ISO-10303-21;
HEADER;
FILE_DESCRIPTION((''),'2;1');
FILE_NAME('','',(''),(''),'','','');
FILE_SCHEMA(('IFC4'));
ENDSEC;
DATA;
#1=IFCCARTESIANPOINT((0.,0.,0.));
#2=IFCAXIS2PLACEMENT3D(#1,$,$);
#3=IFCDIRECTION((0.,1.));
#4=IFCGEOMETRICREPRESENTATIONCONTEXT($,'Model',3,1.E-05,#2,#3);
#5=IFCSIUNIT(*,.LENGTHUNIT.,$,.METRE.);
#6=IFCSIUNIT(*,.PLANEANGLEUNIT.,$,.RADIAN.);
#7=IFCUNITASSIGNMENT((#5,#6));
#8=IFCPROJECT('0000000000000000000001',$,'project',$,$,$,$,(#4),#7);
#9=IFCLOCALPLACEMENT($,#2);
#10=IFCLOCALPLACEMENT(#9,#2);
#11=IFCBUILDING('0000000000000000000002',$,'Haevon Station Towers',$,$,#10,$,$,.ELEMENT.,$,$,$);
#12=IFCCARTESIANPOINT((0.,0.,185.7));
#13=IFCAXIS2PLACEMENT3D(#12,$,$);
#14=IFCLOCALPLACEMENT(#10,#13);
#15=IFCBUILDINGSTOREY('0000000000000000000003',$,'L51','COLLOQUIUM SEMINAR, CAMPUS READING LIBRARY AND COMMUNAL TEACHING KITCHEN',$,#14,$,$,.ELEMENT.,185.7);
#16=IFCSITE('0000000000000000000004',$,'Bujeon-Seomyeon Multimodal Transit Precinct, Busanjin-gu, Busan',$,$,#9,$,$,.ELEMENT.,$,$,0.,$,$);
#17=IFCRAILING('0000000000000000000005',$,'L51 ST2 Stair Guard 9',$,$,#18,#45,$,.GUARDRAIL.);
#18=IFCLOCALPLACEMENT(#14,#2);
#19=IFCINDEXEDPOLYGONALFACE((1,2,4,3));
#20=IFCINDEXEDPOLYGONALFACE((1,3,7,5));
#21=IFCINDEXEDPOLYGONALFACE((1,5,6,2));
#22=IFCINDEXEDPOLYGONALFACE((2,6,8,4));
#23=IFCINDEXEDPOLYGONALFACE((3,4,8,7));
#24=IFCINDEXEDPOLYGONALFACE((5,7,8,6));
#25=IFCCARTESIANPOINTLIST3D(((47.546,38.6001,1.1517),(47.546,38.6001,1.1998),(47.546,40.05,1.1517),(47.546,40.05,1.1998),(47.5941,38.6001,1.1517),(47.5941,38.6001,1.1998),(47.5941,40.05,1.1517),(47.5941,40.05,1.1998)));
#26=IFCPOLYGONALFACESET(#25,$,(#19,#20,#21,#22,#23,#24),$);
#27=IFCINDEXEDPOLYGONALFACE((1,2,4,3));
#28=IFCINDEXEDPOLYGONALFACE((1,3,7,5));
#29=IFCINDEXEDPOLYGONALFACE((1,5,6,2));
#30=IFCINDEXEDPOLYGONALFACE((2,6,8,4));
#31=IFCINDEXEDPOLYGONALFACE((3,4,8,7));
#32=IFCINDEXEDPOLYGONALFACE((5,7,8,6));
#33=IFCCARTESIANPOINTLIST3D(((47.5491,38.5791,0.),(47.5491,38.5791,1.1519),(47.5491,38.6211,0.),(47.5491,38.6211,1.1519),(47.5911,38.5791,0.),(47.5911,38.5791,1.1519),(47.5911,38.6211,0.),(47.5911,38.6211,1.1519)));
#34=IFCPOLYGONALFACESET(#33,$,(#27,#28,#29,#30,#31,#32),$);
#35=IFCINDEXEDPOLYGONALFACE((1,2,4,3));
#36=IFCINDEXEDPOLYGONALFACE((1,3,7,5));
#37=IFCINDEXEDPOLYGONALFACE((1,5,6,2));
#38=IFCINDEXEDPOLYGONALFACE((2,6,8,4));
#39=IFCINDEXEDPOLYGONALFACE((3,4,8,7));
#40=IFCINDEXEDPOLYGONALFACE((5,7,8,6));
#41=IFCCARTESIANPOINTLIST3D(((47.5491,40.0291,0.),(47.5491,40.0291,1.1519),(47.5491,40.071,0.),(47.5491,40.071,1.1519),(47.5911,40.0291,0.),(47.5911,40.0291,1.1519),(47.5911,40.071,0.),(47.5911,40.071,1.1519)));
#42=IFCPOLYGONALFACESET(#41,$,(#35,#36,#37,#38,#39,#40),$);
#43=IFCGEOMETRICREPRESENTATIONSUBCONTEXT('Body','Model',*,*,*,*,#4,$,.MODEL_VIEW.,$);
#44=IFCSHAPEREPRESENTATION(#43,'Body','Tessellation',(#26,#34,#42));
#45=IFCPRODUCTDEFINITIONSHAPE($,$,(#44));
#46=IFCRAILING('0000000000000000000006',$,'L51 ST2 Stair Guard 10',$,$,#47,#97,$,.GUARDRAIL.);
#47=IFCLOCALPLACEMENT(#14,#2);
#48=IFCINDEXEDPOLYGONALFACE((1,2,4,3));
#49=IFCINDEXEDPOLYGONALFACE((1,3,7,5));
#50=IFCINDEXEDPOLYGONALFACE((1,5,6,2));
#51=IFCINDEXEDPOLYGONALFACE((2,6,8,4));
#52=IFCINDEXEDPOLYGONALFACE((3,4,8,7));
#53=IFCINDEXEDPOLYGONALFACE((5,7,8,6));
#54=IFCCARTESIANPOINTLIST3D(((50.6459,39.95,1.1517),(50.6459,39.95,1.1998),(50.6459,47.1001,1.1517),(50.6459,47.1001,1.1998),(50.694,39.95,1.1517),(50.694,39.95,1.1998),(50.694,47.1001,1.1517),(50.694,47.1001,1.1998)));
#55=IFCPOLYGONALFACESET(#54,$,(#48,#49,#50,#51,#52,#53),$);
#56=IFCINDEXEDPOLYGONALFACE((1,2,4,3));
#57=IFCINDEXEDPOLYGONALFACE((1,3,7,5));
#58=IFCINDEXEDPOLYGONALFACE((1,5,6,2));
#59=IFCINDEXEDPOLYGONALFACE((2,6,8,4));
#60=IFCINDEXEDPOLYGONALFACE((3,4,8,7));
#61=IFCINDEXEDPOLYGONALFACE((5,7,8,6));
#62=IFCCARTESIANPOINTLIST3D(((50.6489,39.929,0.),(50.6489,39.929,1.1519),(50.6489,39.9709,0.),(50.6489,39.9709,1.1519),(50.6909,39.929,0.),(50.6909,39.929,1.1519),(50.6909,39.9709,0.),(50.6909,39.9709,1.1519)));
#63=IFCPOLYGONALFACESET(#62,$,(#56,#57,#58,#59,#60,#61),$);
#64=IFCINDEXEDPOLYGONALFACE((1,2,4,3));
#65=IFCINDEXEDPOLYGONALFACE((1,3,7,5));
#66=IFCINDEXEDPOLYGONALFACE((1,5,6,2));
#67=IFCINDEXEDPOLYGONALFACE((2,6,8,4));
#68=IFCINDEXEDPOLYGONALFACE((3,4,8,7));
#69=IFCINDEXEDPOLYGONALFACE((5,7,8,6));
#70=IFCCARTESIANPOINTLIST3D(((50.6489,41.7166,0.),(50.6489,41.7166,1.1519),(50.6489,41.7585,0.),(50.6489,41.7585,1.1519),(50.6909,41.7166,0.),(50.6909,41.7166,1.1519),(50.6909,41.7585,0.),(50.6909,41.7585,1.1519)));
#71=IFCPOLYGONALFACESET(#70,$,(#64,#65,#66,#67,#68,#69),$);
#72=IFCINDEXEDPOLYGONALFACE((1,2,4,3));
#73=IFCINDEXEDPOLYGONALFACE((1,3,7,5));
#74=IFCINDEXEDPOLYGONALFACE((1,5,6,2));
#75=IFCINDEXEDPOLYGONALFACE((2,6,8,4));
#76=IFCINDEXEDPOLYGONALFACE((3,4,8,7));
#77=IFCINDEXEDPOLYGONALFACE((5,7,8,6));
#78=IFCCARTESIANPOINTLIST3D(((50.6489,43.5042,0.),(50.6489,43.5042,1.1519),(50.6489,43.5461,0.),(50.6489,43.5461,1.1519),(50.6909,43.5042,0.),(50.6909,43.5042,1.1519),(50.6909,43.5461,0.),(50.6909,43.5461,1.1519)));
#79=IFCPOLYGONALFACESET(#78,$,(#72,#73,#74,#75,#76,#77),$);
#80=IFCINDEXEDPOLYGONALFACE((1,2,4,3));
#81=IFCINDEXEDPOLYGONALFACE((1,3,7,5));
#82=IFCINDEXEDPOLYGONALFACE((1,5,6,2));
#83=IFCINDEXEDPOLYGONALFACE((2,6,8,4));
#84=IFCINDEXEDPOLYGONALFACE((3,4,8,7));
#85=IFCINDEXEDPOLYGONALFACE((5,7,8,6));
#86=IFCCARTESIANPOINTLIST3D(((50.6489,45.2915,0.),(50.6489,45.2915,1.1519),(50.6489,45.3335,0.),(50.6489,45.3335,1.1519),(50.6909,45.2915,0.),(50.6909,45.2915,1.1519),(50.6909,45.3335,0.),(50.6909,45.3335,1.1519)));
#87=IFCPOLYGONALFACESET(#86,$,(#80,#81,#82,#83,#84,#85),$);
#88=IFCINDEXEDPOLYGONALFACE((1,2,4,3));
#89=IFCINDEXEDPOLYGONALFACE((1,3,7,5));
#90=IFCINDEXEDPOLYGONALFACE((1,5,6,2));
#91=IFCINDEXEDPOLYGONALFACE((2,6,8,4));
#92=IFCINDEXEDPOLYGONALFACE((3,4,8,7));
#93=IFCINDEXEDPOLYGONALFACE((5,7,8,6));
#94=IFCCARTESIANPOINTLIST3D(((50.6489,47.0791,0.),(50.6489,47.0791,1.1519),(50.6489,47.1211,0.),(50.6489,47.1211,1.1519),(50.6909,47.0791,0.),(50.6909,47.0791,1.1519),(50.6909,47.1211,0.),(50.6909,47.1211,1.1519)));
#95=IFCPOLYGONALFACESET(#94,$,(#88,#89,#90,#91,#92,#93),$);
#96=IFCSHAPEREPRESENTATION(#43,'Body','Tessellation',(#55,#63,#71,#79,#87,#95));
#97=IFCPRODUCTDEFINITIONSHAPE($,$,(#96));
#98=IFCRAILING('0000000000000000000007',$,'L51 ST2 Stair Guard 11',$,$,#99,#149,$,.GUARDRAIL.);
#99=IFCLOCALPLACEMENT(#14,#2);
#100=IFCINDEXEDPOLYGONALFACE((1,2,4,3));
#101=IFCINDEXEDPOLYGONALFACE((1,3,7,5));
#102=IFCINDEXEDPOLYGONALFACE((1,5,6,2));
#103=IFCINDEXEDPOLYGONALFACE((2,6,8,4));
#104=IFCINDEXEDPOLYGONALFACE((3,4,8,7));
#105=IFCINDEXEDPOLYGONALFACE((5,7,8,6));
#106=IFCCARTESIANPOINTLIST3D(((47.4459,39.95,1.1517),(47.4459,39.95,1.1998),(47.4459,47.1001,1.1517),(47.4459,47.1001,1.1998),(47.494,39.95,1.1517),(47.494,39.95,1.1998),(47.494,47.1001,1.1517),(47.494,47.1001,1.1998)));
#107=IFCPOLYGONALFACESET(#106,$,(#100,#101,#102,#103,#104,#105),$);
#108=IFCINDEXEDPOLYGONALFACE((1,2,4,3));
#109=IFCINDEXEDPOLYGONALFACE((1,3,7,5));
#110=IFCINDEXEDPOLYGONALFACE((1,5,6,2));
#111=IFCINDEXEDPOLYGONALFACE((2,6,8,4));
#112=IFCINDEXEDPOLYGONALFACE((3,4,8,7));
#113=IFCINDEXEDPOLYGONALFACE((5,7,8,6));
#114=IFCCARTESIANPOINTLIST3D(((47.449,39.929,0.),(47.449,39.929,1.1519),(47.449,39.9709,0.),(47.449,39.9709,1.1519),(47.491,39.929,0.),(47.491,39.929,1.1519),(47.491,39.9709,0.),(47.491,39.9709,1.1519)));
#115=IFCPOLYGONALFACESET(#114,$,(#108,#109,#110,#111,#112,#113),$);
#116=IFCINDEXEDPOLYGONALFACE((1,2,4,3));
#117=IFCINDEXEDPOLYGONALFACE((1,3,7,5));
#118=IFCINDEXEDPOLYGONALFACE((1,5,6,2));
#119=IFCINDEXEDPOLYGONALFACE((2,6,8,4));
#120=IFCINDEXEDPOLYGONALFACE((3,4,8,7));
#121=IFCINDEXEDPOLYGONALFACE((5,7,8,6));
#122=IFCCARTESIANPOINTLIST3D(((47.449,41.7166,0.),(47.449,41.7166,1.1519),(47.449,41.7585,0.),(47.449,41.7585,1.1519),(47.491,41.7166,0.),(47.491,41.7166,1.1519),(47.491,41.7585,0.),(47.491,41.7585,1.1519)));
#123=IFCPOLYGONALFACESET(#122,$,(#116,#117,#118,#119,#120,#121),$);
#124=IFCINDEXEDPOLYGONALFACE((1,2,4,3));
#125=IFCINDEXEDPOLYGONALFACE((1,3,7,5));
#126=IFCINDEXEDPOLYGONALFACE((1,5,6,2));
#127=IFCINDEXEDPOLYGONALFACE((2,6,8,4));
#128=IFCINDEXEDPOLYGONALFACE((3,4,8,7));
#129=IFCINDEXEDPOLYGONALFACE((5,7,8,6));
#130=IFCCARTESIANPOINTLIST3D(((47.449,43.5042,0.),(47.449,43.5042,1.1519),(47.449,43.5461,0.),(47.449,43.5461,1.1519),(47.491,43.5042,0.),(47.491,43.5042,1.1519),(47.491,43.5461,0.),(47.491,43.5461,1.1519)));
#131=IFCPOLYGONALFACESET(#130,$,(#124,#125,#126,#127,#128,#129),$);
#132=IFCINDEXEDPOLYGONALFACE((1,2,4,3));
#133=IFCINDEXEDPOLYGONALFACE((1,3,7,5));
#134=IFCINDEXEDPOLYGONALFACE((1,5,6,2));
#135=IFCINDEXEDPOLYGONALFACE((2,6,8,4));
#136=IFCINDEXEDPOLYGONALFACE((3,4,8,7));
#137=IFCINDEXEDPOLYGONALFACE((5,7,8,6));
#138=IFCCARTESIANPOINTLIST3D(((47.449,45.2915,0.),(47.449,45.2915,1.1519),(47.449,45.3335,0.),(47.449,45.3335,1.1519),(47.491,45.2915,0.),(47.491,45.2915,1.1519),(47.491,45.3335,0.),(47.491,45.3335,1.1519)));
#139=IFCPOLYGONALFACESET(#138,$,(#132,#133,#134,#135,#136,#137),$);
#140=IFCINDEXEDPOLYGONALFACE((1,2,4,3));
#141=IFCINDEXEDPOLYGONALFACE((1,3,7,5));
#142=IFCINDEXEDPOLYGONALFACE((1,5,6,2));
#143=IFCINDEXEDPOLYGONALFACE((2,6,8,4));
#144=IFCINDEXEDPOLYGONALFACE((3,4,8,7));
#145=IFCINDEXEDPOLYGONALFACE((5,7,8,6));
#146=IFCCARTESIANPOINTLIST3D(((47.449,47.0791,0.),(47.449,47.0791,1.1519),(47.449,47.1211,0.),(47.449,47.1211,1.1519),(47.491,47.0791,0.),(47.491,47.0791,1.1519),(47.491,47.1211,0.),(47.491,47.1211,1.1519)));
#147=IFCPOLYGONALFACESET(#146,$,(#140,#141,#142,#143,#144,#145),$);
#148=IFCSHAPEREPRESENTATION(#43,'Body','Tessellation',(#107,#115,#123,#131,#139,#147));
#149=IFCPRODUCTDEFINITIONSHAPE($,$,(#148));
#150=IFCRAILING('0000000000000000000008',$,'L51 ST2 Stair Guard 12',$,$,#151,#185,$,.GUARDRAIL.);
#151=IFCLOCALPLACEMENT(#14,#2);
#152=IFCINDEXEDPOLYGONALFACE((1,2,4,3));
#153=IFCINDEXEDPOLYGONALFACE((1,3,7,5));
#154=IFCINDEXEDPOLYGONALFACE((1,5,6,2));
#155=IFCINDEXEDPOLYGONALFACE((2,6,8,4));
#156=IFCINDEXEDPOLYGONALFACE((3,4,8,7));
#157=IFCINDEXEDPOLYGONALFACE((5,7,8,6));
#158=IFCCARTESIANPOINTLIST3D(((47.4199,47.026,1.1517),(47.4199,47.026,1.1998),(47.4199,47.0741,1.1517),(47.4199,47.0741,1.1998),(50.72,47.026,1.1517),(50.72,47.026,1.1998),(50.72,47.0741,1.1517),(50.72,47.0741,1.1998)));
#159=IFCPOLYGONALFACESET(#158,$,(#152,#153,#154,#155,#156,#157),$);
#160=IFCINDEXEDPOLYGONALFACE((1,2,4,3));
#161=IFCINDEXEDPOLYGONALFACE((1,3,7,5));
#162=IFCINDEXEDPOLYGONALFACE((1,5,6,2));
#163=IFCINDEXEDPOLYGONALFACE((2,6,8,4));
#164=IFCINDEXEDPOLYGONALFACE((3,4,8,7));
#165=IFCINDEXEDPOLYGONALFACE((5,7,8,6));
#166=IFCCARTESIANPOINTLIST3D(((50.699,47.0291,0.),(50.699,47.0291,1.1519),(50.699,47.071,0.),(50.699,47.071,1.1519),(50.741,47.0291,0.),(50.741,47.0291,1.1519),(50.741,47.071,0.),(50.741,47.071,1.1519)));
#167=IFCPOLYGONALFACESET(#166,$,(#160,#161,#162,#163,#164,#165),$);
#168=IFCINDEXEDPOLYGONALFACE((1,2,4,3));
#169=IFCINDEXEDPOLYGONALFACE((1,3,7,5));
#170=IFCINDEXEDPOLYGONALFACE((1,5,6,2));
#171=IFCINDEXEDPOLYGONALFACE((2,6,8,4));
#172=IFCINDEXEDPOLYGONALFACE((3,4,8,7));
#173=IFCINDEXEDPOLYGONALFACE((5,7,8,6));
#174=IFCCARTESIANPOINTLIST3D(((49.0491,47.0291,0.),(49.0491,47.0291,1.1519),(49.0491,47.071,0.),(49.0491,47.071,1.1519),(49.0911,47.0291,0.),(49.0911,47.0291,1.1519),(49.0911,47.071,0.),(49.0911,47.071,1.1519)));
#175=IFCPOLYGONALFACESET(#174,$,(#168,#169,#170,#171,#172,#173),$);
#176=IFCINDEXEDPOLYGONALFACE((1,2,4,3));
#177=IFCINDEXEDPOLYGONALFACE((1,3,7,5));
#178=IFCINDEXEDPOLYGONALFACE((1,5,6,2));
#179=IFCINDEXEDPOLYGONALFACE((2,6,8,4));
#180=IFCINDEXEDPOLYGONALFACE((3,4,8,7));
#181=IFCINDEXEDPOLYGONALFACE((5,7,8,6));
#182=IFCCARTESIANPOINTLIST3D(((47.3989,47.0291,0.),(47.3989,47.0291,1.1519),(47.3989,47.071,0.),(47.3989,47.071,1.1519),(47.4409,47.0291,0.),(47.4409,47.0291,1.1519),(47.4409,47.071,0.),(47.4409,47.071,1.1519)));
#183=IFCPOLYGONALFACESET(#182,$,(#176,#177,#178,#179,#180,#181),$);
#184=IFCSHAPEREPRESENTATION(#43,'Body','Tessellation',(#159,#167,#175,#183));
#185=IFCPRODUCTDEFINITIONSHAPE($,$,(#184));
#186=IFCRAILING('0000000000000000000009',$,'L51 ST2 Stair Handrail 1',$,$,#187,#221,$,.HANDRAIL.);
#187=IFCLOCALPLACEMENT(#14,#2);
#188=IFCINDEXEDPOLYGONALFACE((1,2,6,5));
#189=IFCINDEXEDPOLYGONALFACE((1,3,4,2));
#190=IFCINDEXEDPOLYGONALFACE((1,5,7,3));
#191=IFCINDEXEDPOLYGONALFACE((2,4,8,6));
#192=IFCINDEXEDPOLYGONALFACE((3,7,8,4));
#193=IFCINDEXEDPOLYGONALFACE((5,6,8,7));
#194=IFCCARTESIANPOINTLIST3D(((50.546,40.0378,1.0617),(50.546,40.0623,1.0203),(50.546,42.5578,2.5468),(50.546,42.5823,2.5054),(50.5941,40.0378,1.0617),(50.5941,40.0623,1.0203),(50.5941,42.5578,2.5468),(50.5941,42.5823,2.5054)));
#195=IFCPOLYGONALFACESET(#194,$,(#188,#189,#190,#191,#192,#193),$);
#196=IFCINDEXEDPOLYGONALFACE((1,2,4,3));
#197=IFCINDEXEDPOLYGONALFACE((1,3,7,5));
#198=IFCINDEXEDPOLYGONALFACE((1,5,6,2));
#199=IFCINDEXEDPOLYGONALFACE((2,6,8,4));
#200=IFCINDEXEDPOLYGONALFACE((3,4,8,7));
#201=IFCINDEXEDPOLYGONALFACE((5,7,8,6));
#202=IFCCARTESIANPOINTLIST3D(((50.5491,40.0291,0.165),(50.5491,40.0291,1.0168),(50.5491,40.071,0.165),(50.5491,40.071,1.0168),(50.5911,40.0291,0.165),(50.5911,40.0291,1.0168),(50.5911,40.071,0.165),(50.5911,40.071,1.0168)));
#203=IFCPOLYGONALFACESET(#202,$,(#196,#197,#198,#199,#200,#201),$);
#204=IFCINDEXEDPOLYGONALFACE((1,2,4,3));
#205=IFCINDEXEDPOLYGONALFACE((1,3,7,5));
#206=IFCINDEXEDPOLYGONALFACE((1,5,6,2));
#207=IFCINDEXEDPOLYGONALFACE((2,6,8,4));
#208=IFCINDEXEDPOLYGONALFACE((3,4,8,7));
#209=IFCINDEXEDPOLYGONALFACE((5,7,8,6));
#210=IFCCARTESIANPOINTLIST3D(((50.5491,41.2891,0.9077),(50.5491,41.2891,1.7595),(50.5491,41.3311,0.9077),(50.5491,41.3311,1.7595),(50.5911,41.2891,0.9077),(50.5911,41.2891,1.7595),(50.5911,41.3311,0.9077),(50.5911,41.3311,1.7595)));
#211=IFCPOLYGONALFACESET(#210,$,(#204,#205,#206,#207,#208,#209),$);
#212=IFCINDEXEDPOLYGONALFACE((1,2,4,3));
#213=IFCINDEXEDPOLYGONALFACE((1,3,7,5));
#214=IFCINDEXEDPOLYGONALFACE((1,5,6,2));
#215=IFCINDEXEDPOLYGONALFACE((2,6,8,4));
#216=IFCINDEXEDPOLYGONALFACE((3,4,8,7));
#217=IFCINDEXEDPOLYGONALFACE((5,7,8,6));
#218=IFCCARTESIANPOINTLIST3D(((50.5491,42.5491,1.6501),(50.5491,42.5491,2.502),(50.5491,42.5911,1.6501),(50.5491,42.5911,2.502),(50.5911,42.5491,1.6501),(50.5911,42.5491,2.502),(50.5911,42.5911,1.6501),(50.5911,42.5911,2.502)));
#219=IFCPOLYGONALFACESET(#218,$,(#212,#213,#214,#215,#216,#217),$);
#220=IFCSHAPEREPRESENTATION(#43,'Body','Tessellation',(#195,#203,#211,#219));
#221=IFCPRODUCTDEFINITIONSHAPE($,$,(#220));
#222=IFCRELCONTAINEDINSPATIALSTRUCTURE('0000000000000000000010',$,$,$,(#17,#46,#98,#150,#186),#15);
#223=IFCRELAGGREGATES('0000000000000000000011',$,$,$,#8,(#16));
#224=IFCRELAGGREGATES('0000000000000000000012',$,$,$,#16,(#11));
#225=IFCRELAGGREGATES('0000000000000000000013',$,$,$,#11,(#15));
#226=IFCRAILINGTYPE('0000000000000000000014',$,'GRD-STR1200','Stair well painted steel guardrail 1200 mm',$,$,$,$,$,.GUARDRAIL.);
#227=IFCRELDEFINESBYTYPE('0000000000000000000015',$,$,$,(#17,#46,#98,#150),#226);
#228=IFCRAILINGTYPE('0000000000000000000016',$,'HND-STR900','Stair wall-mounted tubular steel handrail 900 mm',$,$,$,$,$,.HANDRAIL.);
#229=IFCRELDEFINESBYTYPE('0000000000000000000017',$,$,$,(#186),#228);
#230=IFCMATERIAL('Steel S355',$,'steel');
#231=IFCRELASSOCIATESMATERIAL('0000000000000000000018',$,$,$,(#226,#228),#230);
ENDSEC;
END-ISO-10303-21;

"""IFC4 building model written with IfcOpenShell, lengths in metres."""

from ifc_helpers import new_model, si_unit, direction, frame, origin, origin_2d, place, context, subcontext, project, spatial, rectangle, extrude, material, type_object, element, save


model = new_model("IFC4")

# Units and contexts
model_context = context("Model", 3, precision=1e-05, world=origin(), true_north=direction((0.0, 1.0)))
body_context = subcontext(model_context, "Body", "Model", "MODEL_VIEW")
ifc_project = project(units=[si_unit("LENGTHUNIT", "METRE"), si_unit("PLANEANGLEUNIT", "RADIAN")], contexts=[model_context])

# Site, building, storey
site_placement = place(None, origin())
site = spatial("IfcSite", under=ifc_project, at=site_placement, Name="Bujeon-Seomyeon Multimodal Transit Precinct, Busanjin-gu, Busan", CompositionType="ELEMENT", RefElevation=0.0)
building_placement = place(site_placement, origin())
building = spatial("IfcBuilding", under=site, at=building_placement, Name="Haevon Station Towers", CompositionType="ELEMENT")
storey_placement = place(building_placement, frame((0.0, 0.0, 185.7)))
storey = spatial("IfcBuildingStorey", under=building, at=storey_placement, Name="L51", Description="COLLOQUIUM SEMINAR, CAMPUS READING LIBRARY AND COMMUNAL TEACHING KITCHEN", CompositionType="ELEMENT", Elevation=185.7)

# Shared definitions
ifc_material_1 = material(Name="Steel S355", Category="steel")

# Railings
railing_type_1 = type_object("IfcRailingType", Name="GRD-STR1200", Description="Stair well painted steel guardrail 1200 mm", PredefinedType="GUARDRAIL", material=ifc_material_1)
for number, where, name in (
    (1, (47.5701, 38.6001, 0.0), "L51 ST2 Stair Guard 9"),
):
    element("IfcRailing", number, at=place(storey_placement, frame(where)), inside=storey, type_object=railing_type_1, Name=name, PredefinedType="GUARDRAIL", context=body_context, shape_type="SweptSolid", body=[
        extrude(rectangle(XDim=0.0481, YDim=0.0481, at=origin_2d()), frame((0.0, 0.0, 1.1758), z_axis=(0.0, 1.0, 0.0), x_axis=(-1.0, 0.0, 0.0)), (0.0, 0.0, 1.0), 1.45),
        extrude(rectangle(XDim=0.042, YDim=0.042, at=origin_2d()), origin(), (0.0, 0.0, 1.0), 1.1519),
        extrude(rectangle(XDim=0.042, YDim=0.042, at=origin_2d()), frame((0.0, 1.45, 0.0)), (0.0, 0.0, 1.0), 1.1519),
    ])
for number, where, name in (
    (2, (50.6699, 39.95, 0.0), "L51 ST2 Stair Guard 10"),
    (3, (47.47, 39.95, 0.0), "L51 ST2 Stair Guard 11"),
):
    element("IfcRailing", number, at=place(storey_placement, frame(where)), inside=storey, type_object=railing_type_1, Name=name, PredefinedType="GUARDRAIL", context=body_context, shape_type="SweptSolid", body=[
        extrude(rectangle(XDim=0.0481, YDim=0.0481, at=origin_2d()), frame((0.0, 0.0, 1.1758), z_axis=(0.0, 1.0, 0.0), x_axis=(-1.0, 0.0, 0.0)), (0.0, 0.0, 1.0), 7.1501),
        extrude(rectangle(XDim=0.042, YDim=0.042, at=origin_2d()), origin(), (0.0, 0.0, 1.0), 1.1519),
        extrude(rectangle(XDim=0.042, YDim=0.042, at=origin_2d()), frame((0.0, 1.7876, 0.0)), (0.0, 0.0, 1.0), 1.1519),
        extrude(rectangle(XDim=0.042, YDim=0.042, at=origin_2d()), frame((0.0, 3.5752, 0.0)), (0.0, 0.0, 1.0), 1.1519),
        extrude(rectangle(XDim=0.042, YDim=0.042, at=origin_2d()), frame((0.0, 5.3625, 0.0)), (0.0, 0.0, 1.0), 1.1519),
        extrude(rectangle(XDim=0.042, YDim=0.042, at=origin_2d()), frame((0.0, 7.1501, 0.0)), (0.0, 0.0, 1.0), 1.1519),
    ])
railing_1_placement = place(storey_placement, frame((50.72, 47.05, 0.0)))
element("IfcRailing", 4, at=railing_1_placement, inside=storey, type_object=railing_type_1, Name="L51 ST2 Stair Guard 12", PredefinedType="GUARDRAIL", context=body_context, shape_type="SweptSolid", body=[
    extrude(rectangle(XDim=0.0481, YDim=0.0481, at=origin_2d()), frame((0.0, 0.0, 1.1758), z_axis=(-1.0, 0.0, 0.0), x_axis=(0.0, -1.0, 0.0)), (0.0, 0.0, 1.0), 3.3),
    extrude(rectangle(XDim=0.042, YDim=0.042, at=origin_2d()), origin(), (0.0, 0.0, 1.0), 1.1519),
    extrude(rectangle(XDim=0.042, YDim=0.042, at=origin_2d()), frame((-1.6499, 0.0, 0.0)), (0.0, 0.0, 1.0), 1.1519),
    extrude(rectangle(XDim=0.042, YDim=0.042, at=origin_2d()), frame((-3.3, 0.0, 0.0)), (0.0, 0.0, 1.0), 1.1519),
])
railing_type_2 = type_object("IfcRailingType", Name="HND-STR900", Description="Stair wall-mounted tubular steel handrail 900 mm", PredefinedType="HANDRAIL", material=ifc_material_1)
railing_2_placement = place(storey_placement, frame((50.5701, 40.05, 0.165)))
element("IfcRailing", 5, at=railing_2_placement, inside=storey, type_object=railing_type_2, Name="L51 ST2 Stair Handrail 1", PredefinedType="HANDRAIL", context=body_context, shape_type="SweptSolid", body=[
    extrude(rectangle(XDim=0.0481, YDim=0.0481, at=origin_2d()), frame((0.0, 0.0, 0.876), z_axis=(0.0, 0.861524, 0.507717), x_axis=(-1.0, 0.0, 0.0)), (0.0, 0.0, 1.0), 2.925),
    extrude(rectangle(XDim=0.042, YDim=0.042, at=origin_2d()), origin(), (0.0, 0.0, 1.0), 0.8518),
    extrude(rectangle(XDim=0.042, YDim=0.042, at=origin_2d()), frame((0.0, 1.26, 0.7427)), (0.0, 0.0, 1.0), 0.8518),
    extrude(rectangle(XDim=0.042, YDim=0.042, at=origin_2d()), frame((0.0, 2.52, 1.4851)), (0.0, 0.0, 1.0), 0.8518),
])

save(model, "model.ifc")
